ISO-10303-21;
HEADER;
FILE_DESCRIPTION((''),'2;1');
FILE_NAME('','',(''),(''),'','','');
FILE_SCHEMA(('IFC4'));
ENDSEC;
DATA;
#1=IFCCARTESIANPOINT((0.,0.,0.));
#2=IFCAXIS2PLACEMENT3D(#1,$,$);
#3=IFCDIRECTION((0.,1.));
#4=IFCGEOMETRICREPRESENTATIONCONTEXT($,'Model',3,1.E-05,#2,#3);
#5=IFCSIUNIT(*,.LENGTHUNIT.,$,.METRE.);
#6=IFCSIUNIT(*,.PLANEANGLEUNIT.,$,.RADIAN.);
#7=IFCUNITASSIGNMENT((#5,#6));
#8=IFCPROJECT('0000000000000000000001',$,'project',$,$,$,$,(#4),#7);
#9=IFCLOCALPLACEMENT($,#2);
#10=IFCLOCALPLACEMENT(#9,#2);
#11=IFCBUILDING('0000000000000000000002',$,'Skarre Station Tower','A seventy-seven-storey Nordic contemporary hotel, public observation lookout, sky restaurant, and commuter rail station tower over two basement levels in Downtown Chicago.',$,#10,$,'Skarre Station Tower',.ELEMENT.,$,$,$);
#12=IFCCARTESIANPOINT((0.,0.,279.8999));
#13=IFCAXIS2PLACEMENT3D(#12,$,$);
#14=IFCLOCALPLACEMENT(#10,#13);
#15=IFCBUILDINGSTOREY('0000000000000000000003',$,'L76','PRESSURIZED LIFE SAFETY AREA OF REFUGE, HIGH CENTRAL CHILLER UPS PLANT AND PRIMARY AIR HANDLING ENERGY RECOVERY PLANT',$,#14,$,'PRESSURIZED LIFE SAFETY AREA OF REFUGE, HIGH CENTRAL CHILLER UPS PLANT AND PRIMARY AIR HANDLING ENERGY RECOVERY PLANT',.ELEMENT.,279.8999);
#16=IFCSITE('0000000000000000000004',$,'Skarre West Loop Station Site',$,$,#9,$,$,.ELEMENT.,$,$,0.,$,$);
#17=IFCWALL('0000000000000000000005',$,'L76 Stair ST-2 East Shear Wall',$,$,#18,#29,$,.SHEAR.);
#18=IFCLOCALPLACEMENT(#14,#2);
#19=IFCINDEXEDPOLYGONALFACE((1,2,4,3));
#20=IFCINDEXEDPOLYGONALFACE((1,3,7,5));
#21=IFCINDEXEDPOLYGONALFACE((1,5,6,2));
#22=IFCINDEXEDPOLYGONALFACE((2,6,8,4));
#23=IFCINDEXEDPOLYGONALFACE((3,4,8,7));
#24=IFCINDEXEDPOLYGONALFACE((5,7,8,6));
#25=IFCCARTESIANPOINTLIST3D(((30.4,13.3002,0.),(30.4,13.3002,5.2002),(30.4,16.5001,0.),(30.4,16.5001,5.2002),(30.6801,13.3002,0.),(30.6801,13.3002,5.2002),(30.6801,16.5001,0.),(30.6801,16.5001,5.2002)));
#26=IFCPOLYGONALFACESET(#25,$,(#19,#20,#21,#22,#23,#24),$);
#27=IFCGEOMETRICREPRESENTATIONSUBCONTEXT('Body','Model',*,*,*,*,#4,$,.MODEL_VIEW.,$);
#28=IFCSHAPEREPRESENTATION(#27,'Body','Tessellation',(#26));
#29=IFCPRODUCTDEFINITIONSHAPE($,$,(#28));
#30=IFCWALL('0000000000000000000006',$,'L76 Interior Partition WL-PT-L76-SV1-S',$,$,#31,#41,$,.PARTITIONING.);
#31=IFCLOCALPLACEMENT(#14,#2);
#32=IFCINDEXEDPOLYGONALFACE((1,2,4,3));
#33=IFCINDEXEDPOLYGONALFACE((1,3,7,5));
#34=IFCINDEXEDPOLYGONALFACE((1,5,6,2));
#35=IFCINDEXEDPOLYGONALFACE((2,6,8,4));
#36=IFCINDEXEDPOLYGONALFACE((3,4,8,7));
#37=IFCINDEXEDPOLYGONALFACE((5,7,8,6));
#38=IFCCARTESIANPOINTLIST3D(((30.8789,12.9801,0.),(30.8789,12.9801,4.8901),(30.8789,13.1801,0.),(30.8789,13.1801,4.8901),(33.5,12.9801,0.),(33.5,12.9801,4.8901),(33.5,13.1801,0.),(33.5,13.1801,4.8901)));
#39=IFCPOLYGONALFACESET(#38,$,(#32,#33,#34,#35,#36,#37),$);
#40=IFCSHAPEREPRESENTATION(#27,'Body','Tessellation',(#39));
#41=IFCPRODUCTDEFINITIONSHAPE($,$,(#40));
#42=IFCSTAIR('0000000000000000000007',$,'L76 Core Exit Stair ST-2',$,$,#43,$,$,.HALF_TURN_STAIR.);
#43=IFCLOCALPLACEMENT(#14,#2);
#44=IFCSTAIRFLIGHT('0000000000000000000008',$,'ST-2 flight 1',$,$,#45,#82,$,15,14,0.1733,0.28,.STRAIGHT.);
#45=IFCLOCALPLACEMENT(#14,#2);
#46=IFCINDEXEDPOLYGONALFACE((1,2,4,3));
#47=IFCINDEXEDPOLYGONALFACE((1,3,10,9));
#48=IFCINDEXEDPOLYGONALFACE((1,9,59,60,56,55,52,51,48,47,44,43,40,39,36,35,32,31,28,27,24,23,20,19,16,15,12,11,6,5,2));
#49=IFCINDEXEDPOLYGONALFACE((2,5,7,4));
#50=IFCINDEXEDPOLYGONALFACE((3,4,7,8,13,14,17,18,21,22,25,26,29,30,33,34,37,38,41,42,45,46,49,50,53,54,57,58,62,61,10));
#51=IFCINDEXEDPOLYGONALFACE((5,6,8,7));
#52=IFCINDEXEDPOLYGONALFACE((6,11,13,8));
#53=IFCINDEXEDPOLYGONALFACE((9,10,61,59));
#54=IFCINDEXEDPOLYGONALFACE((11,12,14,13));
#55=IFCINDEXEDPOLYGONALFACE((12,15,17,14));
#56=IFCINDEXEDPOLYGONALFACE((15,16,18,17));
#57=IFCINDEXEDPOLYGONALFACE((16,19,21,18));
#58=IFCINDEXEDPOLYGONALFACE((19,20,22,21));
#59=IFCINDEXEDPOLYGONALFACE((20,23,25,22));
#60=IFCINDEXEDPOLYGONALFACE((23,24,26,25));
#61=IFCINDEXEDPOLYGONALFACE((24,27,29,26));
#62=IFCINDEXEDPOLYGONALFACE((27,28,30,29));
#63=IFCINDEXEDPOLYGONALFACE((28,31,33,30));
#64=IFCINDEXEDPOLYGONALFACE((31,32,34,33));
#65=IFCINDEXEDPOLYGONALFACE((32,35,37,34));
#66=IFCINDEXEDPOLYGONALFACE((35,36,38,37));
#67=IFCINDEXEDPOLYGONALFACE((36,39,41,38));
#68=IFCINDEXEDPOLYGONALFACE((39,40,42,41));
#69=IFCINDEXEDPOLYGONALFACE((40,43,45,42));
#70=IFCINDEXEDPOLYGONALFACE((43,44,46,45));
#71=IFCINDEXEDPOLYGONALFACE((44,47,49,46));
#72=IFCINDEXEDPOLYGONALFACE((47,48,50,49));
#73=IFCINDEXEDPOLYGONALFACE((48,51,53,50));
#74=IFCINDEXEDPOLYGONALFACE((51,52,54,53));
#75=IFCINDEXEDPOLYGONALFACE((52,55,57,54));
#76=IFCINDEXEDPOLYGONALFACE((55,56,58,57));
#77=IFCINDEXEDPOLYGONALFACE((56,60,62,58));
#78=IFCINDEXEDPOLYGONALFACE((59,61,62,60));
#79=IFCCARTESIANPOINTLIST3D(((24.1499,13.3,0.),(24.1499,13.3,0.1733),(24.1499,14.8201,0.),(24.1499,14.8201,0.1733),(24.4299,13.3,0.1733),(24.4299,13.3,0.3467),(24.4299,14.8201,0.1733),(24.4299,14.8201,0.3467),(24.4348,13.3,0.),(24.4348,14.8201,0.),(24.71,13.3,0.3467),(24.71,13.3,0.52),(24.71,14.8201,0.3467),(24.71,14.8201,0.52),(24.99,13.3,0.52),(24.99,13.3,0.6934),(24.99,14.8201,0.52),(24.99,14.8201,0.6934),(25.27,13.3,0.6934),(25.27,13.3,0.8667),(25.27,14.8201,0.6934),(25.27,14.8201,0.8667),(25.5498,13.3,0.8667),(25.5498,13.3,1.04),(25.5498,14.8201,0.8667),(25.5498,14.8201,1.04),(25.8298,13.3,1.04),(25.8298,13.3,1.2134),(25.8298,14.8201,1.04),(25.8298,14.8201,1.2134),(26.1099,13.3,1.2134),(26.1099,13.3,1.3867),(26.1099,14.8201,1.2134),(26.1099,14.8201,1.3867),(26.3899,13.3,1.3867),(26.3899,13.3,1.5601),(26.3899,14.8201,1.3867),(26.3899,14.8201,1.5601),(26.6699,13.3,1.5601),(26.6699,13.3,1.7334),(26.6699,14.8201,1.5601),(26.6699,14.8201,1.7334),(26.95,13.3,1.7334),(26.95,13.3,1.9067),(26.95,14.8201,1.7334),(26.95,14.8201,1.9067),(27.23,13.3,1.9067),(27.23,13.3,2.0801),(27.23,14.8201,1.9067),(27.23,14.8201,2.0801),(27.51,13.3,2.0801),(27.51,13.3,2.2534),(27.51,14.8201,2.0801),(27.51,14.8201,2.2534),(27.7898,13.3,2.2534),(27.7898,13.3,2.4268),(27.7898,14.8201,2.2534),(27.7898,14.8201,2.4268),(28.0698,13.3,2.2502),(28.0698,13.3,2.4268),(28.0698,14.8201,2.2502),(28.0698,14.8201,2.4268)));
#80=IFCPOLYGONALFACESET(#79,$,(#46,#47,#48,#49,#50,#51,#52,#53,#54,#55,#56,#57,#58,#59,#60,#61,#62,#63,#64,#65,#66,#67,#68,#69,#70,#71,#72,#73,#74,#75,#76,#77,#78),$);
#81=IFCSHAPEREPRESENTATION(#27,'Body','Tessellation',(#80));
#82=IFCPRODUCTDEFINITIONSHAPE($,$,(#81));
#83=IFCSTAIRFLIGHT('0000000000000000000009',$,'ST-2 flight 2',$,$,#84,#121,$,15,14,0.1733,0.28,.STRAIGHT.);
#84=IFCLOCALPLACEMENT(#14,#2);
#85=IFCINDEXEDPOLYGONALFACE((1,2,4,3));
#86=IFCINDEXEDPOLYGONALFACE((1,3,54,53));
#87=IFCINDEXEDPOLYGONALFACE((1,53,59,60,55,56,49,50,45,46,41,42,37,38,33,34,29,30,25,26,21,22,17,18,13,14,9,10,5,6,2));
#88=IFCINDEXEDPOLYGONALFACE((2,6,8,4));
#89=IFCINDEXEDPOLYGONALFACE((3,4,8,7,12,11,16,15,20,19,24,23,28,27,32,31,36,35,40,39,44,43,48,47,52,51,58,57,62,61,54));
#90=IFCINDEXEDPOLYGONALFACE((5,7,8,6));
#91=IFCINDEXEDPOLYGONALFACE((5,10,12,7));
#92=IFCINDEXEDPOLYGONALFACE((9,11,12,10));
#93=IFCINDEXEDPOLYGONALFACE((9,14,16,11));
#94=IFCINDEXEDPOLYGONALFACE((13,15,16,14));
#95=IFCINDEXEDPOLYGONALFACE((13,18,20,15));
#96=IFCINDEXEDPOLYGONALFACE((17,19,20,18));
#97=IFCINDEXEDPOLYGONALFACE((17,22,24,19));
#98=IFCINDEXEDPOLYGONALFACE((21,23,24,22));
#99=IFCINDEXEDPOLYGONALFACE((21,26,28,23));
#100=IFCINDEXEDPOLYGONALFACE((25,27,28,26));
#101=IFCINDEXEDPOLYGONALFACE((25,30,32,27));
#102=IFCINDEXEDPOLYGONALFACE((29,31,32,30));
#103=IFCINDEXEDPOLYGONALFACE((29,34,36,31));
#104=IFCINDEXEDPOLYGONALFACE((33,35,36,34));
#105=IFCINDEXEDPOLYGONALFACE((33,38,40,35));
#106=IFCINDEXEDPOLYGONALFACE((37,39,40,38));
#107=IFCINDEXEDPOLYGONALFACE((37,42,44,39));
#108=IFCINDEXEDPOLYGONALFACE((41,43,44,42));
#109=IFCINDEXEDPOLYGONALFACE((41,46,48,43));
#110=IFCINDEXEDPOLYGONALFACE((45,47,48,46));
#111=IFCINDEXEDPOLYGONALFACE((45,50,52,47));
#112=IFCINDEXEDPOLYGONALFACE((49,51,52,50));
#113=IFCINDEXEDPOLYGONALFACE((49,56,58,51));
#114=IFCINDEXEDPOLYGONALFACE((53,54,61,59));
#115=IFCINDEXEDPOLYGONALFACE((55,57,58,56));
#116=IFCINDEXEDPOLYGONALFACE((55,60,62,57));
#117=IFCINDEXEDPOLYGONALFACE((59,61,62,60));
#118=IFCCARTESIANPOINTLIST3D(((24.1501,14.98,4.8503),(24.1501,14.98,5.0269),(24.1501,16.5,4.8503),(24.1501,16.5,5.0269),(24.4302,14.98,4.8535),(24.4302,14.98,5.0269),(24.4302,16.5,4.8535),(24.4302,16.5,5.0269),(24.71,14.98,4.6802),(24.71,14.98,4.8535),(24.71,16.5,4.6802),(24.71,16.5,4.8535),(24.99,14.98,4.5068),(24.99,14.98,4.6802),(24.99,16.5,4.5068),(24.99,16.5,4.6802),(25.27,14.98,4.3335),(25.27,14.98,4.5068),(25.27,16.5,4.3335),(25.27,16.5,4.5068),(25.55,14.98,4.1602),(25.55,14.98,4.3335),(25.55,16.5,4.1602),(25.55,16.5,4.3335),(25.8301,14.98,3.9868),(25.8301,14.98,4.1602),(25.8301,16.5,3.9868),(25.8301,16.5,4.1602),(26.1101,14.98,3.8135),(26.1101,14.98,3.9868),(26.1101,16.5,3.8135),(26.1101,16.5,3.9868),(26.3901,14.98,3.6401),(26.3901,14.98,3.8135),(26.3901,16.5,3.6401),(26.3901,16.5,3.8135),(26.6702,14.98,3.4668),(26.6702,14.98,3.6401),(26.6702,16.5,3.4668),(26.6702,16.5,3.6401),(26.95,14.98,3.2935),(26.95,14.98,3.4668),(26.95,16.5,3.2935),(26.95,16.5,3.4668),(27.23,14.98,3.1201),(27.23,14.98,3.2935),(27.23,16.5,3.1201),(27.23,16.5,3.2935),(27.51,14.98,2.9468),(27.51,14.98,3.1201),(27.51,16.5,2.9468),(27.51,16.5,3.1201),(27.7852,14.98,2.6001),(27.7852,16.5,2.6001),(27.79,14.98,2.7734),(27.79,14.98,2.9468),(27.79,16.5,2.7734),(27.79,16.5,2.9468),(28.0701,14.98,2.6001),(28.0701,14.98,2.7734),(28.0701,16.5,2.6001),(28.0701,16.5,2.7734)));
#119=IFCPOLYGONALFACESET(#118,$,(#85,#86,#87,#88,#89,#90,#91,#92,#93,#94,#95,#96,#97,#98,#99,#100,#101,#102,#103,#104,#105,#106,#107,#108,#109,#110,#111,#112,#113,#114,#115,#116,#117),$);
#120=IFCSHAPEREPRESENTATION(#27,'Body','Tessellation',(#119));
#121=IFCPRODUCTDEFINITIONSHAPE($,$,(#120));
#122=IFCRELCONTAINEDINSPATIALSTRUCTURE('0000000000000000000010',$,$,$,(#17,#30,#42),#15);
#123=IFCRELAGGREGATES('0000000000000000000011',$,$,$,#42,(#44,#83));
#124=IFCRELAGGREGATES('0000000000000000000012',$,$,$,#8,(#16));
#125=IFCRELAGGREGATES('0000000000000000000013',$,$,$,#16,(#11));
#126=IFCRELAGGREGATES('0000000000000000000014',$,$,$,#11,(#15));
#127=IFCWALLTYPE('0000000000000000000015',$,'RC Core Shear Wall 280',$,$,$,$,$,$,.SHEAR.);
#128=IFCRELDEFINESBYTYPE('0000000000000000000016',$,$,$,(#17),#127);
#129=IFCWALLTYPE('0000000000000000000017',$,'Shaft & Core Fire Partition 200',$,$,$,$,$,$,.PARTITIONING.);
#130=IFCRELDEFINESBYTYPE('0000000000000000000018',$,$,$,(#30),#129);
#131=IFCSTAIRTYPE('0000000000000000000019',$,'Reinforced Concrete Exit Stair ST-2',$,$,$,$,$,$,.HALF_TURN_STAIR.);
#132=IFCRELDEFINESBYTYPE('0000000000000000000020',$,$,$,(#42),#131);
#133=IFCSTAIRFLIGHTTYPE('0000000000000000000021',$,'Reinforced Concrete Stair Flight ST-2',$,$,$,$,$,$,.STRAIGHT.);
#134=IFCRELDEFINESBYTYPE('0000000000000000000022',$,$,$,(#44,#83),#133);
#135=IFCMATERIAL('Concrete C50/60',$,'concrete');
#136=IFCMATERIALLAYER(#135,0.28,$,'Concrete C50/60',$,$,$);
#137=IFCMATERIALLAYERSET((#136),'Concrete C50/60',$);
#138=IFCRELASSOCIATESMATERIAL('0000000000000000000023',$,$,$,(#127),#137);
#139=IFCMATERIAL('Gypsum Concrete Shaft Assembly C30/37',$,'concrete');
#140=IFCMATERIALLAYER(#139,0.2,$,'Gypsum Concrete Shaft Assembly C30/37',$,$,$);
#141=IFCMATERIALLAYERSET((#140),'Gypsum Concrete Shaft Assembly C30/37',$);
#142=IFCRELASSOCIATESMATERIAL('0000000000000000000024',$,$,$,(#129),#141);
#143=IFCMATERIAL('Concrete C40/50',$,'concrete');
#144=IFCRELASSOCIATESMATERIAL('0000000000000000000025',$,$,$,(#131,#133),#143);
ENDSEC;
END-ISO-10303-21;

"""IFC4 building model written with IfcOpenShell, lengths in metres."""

from ifc_helpers import new_model, si_unit, direction, frame, frame_2d, origin, place, context, subcontext, project, spatial, polyline, rectangle, outline, extrude, material, layer, layer_set, type_object, element, aggregate, save


model = new_model("IFC4")

# Units and contexts
model_context = context("Model", 3, precision=1e-05, world=origin(), true_north=direction((0.0, 1.0)))
body_context = subcontext(model_context, "Body", "Model", "MODEL_VIEW")
ifc_project = project(units=[si_unit("LENGTHUNIT", "METRE"), si_unit("PLANEANGLEUNIT", "RADIAN")], contexts=[model_context])

# Site, building, storey
site_placement = place(None, origin())
site = spatial("IfcSite", under=ifc_project, at=site_placement, Name="Skarre West Loop Station Site", CompositionType="ELEMENT", RefElevation=0.0)
building_placement = place(site_placement, origin())
building = spatial("IfcBuilding", under=site, at=building_placement, Name="Skarre Station Tower", Description="A seventy-seven-storey Nordic contemporary hotel, public observation lookout, sky restaurant, and commuter rail station tower over two basement levels in Downtown Chicago.", LongName="Skarre Station Tower", CompositionType="ELEMENT")
storey_placement = place(building_placement, frame((0.0, 0.0, 279.8999)))
storey = spatial("IfcBuildingStorey", under=building, at=storey_placement, Name="L76", Description="PRESSURIZED LIFE SAFETY AREA OF REFUGE, HIGH CENTRAL CHILLER UPS PLANT AND PRIMARY AIR HANDLING ENERGY RECOVERY PLANT", LongName="PRESSURIZED LIFE SAFETY AREA OF REFUGE, HIGH CENTRAL CHILLER UPS PLANT AND PRIMARY AIR HANDLING ENERGY RECOVERY PLANT", CompositionType="ELEMENT", Elevation=279.8999)

# Shared definitions
ifc_material_1 = material(Name="Concrete C50/60", Category="concrete")
ifc_layer_1 = layer(ifc_material_1, 0.28, Name="Concrete C50/60")
ifc_layer_set_1 = layer_set([ifc_layer_1], Name="Concrete C50/60")
wall_type_1 = type_object("IfcWallType", Name="RC Core Shear Wall 280", PredefinedType="SHEAR", material=ifc_layer_set_1)

# Walls
for number, where, z_axis, x_axis, name in (
    (1, (30.54, 13.3, 0.0), (0.0, 0.0, 1.0), (0.0, 1.0, 0.0), "L76 Stair ST-2 East Shear Wall"),
):
    element("IfcWall", number, at=place(storey_placement, frame(where, z_axis=z_axis, x_axis=x_axis)), inside=storey, type_object=wall_type_1, Name=name, PredefinedType="SHEAR", context=body_context, shape_type="SweptSolid", body=[
        extrude(rectangle(XDim=3.2, YDim=0.28, at=frame_2d((1.6001, 0.0))), origin(), (0.0, 0.0, 1.0), 5.2002),
    ])
ifc_material_2 = material(Name="Gypsum Concrete Shaft Assembly C30/37", Category="concrete")
ifc_layer_2 = layer(ifc_material_2, 0.2, Name="Gypsum Concrete Shaft Assembly C30/37")
ifc_layer_set_2 = layer_set([ifc_layer_2], Name="Gypsum Concrete Shaft Assembly C30/37")
wall_type_2 = type_object("IfcWallType", Name="Shaft & Core Fire Partition 200", PredefinedType="PARTITIONING", material=ifc_layer_set_2)
wall_1_placement = place(storey_placement, frame((30.8789, 13.0801, 0.0), z_axis=(0.0, 0.0, 1.0), x_axis=(1.0, 0.0, 0.0)))
element("IfcWall", 2, at=wall_1_placement, inside=storey, type_object=wall_type_2, Name="L76 Interior Partition WL-PT-L76-SV1-S", PredefinedType="PARTITIONING", context=body_context, shape_type="SweptSolid", body=[
    extrude(rectangle(XDim=2.6211, YDim=0.2, at=frame_2d((1.3105, 0.0))), origin(), (0.0, 0.0, 1.0), 4.8901),
])

# Stair, stair flights
ifc_material_3 = material(Name="Concrete C40/50", Category="concrete")
stair_type = type_object("IfcStairType", Name="Reinforced Concrete Exit Stair ST-2", PredefinedType="HALF_TURN_STAIR", material=ifc_material_3)
stair_placement = place(storey_placement, origin())
stair = element("IfcStair", 3, at=stair_placement, inside=storey, type_object=stair_type, Name="L76 Core Exit Stair ST-2", PredefinedType="HALF_TURN_STAIR")
stair_flight_type = type_object("IfcStairFlightType", Name="Reinforced Concrete Stair Flight ST-2", PredefinedType="STRAIGHT", material=ifc_material_3)
stair_flight_1_placement = place(storey_placement, frame((24.1499, 14.0601, 0.0), z_axis=(0.0, 0.0, 1.0), x_axis=(1.0, 0.0, 0.0)))
stair_flight_1 = element("IfcStairFlight", 4, at=stair_flight_1_placement, type_object=stair_flight_type, Name="ST-2 flight 1", NumberOfRisers=15, NumberOfTreads=14, PredefinedType="STRAIGHT", RiserHeight=0.1733, TreadLength=0.28, context=body_context, shape_type="SweptSolid", body=[
    extrude(outline(polyline([(0.0, 0.0), (0.0, 0.1733), (0.28, 0.1733), (0.28, 0.3467), (0.5601, 0.3467), (0.5601, 0.52), (0.8401, 0.52), (0.8401, 0.6934), (1.1201, 0.6934), (1.1201, 0.8667), (1.3999, 0.8667), (1.3999, 1.04), (1.6799, 1.04), (1.6799, 1.2134), (1.96, 1.2134), (1.96, 1.3867), (2.24, 1.3867), (2.24, 1.5601), (2.52, 1.5601), (2.52, 1.7334), (2.8, 1.7334), (2.8, 1.9067), (3.0801, 1.9067), (3.0801, 2.0801), (3.3601, 2.0801), (3.3601, 2.2534), (3.6399, 2.2534), (3.6399, 2.4268), (3.9199, 2.4268), (3.9199, 2.6001), (3.9199, 2.2502), (0.2849, 0.0), (0.0, 0.0)])), frame((0.0, 0.76, 0.0), z_axis=(0.0, -1.0, 0.0), x_axis=(1.0, 0.0, 0.0)), (0.0, 0.0, 1.0), 1.52),
])
stair_flight_2_placement = place(storey_placement, frame((28.0701, 15.74, 2.6001), z_axis=(0.0, 0.0, 1.0), x_axis=(-1.0, 0.0, 0.0)))
stair_flight_2 = element("IfcStairFlight", 5, at=stair_flight_2_placement, type_object=stair_flight_type, Name="ST-2 flight 2", NumberOfRisers=15, NumberOfTreads=14, PredefinedType="STRAIGHT", RiserHeight=0.1733, TreadLength=0.28, context=body_context, shape_type="SweptSolid", body=[
    extrude(outline(polyline([(0.0, 0.0), (0.0, 0.1733), (0.28, 0.1733), (0.28, 0.3467), (0.5601, 0.3467), (0.5601, 0.52), (0.8401, 0.52), (0.8401, 0.6934), (1.1201, 0.6934), (1.1201, 0.8667), (1.3999, 0.8667), (1.3999, 1.04), (1.6799, 1.04), (1.6799, 1.2134), (1.96, 1.2134), (1.96, 1.3867), (2.24, 1.3867), (2.24, 1.5601), (2.52, 1.5601), (2.52, 1.7334), (2.8, 1.7334), (2.8, 1.9067), (3.0801, 1.9067), (3.0801, 2.0801), (3.3601, 2.0801), (3.3601, 2.2534), (3.6399, 2.2534), (3.6399, 2.4268), (3.9199, 2.4268), (3.9199, 2.6001), (3.9199, 2.2502), (0.2849, 0.0), (0.0, 0.0)])), frame((0.0, 0.76, 0.0), z_axis=(0.0, -1.0, 0.0), x_axis=(1.0, 0.0, 0.0)), (0.0, 0.0, 1.0), 1.52),
])
aggregate(stair, [stair_flight_1, stair_flight_2])

save(model, "model.ifc")
